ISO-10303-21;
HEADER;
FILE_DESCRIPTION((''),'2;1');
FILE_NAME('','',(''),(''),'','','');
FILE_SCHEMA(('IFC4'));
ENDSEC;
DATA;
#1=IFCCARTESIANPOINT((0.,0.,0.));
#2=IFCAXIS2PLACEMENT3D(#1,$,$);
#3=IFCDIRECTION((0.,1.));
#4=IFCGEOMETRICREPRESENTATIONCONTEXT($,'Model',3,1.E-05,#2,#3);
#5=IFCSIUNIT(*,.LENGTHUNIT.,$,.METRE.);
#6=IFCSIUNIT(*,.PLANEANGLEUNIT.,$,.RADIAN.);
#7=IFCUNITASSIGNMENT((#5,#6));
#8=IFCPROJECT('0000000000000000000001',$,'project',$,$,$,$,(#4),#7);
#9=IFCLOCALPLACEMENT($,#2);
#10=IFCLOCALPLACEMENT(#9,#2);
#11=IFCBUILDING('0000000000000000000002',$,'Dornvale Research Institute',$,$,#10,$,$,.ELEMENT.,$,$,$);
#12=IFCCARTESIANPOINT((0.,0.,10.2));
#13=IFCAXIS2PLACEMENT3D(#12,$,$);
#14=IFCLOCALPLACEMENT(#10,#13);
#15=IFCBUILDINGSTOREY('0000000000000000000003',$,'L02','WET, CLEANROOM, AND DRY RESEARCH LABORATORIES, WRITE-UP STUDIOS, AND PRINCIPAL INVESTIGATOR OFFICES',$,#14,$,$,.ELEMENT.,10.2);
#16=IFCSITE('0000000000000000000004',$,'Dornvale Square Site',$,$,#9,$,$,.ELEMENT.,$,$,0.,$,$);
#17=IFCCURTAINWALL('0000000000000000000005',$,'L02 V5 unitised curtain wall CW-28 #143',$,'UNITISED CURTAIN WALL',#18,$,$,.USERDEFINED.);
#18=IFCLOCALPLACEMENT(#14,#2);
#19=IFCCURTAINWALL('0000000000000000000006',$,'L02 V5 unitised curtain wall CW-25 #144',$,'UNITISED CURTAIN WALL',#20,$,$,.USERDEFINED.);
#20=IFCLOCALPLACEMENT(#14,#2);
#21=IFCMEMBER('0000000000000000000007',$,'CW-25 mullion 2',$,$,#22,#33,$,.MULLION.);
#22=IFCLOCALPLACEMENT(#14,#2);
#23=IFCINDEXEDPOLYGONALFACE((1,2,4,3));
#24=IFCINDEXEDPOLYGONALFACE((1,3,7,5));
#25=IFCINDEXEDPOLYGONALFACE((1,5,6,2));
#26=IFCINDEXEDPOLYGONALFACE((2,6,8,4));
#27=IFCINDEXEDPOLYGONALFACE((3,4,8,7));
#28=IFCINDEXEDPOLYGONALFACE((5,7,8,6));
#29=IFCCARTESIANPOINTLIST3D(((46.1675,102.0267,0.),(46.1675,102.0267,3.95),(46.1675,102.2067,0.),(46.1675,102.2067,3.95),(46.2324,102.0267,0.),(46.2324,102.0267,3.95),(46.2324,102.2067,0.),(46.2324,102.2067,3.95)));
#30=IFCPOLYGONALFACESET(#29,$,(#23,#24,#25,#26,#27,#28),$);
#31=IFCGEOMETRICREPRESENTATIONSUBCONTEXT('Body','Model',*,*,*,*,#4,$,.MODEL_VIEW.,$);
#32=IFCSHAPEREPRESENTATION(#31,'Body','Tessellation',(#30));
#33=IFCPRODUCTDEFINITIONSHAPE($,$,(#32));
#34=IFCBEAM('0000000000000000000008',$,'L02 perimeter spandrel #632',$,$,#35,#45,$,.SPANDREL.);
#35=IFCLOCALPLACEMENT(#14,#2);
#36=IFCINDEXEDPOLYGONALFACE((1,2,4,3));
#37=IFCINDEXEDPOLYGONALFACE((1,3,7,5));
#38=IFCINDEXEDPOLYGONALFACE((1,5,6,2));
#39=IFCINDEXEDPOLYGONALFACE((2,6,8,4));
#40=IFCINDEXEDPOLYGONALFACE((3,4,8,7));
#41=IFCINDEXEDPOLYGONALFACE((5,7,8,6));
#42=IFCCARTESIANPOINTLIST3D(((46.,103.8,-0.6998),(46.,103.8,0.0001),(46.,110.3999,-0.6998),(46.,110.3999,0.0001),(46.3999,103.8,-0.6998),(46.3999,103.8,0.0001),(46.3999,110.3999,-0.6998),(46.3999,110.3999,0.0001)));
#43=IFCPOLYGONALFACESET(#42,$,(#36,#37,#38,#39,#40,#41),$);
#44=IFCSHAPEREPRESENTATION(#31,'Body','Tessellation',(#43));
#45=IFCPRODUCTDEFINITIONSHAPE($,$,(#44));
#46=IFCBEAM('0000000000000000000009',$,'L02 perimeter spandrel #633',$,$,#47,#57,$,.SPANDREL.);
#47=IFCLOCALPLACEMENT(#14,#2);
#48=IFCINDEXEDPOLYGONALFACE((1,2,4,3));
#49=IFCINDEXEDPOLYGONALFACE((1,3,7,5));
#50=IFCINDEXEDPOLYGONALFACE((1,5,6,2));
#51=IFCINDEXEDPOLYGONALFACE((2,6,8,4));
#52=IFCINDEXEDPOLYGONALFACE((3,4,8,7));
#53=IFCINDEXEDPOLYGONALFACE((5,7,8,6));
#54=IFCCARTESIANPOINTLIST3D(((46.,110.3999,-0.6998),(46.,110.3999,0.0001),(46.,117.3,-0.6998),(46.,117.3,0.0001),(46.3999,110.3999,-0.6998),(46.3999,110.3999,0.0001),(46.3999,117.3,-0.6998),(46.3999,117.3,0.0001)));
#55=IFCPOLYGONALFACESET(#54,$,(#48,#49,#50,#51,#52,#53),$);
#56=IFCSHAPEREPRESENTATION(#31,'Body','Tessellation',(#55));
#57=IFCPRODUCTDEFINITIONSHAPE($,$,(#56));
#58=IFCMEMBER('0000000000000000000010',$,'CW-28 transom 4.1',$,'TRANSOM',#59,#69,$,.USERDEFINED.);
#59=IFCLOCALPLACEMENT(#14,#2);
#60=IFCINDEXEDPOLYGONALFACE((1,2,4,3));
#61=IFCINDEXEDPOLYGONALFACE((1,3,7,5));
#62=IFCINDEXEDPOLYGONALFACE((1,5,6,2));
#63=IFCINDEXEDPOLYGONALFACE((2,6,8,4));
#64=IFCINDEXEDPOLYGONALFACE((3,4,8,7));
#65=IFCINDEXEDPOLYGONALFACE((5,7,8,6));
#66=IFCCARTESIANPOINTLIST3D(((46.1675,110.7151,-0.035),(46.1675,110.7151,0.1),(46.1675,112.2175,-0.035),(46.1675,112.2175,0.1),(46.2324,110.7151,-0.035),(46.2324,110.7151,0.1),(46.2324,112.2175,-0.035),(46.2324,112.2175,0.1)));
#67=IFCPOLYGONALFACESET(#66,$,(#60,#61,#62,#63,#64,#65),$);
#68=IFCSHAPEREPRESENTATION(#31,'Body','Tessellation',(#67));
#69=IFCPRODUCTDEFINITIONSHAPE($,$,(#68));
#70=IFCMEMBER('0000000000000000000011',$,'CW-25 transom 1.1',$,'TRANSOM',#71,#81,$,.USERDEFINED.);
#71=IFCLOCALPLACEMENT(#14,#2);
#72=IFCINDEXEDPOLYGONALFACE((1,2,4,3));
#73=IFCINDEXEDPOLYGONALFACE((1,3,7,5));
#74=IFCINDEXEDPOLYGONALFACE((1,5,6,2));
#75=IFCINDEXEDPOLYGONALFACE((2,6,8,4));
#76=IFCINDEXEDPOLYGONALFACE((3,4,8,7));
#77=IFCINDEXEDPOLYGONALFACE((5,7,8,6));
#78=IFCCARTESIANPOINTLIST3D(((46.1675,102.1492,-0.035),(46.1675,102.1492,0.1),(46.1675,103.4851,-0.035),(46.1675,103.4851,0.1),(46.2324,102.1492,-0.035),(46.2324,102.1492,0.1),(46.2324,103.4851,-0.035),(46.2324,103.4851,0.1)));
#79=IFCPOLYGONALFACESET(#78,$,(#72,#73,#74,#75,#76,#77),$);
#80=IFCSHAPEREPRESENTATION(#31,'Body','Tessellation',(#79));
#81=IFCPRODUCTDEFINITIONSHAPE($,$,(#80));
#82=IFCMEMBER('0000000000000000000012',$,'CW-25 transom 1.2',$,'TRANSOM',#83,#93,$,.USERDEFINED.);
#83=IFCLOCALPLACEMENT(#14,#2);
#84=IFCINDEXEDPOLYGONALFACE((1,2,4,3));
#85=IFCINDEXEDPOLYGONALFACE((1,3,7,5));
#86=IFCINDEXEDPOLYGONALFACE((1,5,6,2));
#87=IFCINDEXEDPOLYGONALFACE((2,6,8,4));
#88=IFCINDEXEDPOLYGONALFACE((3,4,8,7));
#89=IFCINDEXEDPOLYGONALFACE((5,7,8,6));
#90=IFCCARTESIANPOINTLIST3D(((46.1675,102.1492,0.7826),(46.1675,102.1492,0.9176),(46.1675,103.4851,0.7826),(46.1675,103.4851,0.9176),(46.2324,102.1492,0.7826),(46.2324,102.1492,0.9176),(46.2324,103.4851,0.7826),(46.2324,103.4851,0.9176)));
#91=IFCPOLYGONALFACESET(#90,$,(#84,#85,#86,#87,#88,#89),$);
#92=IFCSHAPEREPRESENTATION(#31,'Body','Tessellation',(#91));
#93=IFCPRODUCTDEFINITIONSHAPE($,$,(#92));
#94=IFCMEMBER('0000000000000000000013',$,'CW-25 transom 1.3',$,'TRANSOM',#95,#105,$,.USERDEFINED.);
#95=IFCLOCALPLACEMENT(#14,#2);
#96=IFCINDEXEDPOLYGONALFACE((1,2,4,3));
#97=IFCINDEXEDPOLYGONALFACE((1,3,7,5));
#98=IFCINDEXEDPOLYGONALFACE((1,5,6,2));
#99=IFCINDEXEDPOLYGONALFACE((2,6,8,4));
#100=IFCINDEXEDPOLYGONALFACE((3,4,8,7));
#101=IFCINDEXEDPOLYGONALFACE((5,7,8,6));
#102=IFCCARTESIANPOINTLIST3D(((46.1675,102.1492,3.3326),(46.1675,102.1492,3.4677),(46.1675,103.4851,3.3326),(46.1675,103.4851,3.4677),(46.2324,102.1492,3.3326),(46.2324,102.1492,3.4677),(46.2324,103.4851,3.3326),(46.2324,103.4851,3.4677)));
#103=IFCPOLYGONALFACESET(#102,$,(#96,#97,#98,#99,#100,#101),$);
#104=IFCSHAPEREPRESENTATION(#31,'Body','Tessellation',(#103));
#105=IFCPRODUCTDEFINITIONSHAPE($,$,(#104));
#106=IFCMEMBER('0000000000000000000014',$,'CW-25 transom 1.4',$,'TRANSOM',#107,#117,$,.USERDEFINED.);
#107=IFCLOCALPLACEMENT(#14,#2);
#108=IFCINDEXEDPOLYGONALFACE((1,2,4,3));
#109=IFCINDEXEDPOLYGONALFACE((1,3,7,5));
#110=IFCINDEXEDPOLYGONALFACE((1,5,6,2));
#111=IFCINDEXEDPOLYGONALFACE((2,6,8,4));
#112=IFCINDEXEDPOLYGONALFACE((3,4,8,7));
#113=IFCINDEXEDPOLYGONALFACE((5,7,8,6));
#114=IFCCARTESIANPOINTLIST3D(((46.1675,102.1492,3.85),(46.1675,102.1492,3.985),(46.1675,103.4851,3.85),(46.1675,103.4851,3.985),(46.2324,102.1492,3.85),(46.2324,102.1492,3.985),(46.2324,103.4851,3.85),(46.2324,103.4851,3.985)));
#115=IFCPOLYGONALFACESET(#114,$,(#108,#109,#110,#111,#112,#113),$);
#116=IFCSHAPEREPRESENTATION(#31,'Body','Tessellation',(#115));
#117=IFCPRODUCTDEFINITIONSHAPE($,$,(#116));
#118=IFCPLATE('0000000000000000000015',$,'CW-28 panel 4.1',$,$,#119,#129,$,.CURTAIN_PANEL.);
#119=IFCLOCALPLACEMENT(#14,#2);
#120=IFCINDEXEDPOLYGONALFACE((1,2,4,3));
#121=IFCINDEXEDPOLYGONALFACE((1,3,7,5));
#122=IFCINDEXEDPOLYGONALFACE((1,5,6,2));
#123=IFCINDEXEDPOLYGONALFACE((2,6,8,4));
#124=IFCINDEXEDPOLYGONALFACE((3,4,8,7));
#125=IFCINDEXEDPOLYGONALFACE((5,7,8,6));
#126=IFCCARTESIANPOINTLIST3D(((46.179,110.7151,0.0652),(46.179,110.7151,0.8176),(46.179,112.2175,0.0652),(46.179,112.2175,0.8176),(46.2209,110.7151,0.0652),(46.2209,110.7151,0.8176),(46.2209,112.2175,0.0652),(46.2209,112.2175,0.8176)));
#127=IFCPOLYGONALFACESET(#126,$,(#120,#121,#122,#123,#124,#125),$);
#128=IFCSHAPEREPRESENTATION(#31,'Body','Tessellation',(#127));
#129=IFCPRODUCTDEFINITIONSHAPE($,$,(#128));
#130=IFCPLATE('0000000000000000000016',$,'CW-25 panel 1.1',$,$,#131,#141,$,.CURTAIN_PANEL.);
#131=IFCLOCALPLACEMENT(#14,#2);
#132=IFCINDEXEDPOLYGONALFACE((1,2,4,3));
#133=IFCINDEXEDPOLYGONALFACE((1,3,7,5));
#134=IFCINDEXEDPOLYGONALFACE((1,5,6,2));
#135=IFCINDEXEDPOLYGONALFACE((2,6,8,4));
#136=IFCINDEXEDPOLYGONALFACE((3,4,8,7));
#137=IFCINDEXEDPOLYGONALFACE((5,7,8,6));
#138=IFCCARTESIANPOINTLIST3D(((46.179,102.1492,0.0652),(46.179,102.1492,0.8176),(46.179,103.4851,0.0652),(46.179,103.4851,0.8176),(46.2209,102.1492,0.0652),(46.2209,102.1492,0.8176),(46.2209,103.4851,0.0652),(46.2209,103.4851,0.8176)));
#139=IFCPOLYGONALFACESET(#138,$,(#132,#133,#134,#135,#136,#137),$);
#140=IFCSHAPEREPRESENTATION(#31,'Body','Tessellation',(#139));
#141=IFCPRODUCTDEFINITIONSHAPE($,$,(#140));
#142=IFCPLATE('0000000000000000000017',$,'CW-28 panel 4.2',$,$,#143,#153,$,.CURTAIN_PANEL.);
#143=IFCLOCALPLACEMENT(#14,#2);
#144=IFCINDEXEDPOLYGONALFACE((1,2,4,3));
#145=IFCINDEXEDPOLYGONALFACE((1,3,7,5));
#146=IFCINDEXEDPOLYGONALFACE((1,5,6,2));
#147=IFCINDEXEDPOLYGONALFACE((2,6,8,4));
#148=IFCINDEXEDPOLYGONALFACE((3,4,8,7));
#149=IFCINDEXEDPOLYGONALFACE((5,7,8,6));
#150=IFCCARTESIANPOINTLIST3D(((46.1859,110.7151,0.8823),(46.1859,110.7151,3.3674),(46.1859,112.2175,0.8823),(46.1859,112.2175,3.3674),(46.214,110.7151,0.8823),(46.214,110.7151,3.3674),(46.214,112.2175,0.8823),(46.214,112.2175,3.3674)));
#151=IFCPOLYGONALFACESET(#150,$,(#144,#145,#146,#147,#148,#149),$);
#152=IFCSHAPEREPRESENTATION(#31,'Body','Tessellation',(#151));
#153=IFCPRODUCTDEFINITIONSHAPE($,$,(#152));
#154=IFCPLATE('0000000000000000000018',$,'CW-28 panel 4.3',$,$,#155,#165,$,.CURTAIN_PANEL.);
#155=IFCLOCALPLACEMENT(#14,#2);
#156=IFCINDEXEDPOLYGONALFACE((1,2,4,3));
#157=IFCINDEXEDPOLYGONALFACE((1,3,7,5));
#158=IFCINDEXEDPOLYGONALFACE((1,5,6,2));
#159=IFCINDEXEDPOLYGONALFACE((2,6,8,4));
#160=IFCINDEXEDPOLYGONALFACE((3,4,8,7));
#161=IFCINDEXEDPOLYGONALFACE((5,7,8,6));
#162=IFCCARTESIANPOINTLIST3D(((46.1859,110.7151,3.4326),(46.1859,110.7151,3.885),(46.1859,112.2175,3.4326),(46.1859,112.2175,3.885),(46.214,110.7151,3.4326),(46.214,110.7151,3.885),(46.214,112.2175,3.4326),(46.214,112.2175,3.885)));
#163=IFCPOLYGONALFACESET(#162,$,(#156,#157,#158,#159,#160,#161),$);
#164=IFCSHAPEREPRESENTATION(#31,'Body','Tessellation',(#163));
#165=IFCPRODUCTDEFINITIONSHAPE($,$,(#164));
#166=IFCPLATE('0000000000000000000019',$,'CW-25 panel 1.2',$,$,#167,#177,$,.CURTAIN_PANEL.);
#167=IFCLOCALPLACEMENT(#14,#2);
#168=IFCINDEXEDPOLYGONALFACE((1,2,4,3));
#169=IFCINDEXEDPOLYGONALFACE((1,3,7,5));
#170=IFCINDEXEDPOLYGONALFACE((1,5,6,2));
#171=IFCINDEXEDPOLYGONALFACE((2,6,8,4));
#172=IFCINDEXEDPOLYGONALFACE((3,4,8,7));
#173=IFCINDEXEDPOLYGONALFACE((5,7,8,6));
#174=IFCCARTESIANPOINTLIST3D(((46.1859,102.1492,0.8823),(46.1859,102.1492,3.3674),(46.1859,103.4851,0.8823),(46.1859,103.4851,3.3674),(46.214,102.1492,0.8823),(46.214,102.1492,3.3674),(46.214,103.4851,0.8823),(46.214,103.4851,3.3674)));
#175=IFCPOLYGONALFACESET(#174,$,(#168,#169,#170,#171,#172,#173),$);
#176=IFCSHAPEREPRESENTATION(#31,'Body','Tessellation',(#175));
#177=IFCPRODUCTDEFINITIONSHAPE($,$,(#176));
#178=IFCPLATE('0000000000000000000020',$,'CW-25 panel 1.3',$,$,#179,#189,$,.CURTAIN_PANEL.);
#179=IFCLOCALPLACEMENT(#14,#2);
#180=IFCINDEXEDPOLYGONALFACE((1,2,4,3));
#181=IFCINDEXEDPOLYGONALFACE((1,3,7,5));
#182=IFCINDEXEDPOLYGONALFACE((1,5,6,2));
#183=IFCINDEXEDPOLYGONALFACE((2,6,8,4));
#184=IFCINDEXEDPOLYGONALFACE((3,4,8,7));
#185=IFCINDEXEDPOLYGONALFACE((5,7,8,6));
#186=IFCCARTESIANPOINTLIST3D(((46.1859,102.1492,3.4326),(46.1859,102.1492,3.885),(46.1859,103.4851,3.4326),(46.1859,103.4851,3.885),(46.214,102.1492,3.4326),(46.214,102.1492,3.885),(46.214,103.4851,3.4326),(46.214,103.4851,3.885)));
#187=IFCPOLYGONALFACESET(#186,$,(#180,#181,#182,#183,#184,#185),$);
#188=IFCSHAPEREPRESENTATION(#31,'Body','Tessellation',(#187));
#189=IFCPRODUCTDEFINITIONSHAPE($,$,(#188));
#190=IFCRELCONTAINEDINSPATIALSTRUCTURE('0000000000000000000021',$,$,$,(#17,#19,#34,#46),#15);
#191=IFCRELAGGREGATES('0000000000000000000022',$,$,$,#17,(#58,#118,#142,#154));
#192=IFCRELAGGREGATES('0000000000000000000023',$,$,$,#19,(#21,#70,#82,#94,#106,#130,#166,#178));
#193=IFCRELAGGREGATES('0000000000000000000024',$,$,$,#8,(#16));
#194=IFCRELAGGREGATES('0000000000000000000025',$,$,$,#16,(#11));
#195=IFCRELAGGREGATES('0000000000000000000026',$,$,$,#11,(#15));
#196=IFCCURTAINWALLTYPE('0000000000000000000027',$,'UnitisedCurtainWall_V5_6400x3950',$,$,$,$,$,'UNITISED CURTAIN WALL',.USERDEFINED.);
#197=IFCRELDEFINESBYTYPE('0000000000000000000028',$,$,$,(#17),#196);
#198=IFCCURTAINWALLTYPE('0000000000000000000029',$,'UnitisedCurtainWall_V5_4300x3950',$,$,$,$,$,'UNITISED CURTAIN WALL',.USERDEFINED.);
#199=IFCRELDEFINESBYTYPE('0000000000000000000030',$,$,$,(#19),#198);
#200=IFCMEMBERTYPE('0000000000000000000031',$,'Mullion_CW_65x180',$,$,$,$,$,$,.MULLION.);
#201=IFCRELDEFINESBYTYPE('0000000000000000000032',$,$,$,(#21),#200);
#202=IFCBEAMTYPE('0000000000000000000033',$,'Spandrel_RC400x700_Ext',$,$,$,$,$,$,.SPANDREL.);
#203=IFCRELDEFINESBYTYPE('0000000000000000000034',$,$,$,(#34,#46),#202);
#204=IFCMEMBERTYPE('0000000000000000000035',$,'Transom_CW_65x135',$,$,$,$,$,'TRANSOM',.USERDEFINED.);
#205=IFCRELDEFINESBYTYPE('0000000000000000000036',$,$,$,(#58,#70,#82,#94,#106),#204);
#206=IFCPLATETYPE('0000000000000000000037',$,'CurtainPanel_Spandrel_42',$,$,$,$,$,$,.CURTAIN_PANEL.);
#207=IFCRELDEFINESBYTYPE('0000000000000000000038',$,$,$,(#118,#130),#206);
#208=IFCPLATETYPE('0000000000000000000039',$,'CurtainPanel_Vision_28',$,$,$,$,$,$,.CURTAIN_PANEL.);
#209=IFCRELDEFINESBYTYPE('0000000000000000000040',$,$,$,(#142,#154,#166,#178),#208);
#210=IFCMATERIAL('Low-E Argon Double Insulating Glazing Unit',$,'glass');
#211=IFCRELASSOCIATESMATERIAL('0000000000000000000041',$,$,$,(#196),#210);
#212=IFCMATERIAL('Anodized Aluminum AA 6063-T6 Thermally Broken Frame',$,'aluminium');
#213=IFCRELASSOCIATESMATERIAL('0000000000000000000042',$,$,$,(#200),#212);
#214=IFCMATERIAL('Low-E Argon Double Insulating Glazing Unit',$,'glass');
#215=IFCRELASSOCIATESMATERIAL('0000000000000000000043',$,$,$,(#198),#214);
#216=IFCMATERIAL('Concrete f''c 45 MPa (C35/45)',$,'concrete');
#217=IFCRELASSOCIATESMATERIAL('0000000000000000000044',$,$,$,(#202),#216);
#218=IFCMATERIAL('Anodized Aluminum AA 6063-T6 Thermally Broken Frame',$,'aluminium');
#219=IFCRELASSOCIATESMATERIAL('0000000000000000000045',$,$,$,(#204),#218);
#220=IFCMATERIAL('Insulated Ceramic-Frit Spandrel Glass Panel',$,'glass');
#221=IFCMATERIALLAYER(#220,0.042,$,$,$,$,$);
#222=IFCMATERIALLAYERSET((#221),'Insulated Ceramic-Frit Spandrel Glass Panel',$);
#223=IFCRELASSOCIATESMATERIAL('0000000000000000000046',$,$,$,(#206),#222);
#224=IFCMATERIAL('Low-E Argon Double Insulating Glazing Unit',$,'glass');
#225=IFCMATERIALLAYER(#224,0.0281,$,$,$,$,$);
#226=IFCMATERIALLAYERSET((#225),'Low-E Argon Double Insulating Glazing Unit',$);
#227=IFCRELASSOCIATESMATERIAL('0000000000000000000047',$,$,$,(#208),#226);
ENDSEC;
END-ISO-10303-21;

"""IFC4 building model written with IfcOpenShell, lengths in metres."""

from ifc_helpers import new_model, si_unit, direction, frame, origin, origin_2d, place, context, subcontext, project, spatial, rectangle, extrude, material, layer, layer_set, material_profile, profile_set, type_object, element, aggregate, save


model = new_model("IFC4")

# Units and contexts
model_context = context("Model", 3, precision=1e-05, world=origin(), true_north=direction((0.0, 1.0)))
body_context = subcontext(model_context, "Body", "Model", "MODEL_VIEW")
ifc_project = project(units=[si_unit("LENGTHUNIT", "METRE"), si_unit("PLANEANGLEUNIT", "RADIAN")], contexts=[model_context])

# Site, building, storey
site_placement = place(None, origin())
site = spatial("IfcSite", under=ifc_project, at=site_placement, Name="Dornvale Square Site", CompositionType="ELEMENT", RefElevation=0.0)
building_placement = place(site_placement, origin())
building = spatial("IfcBuilding", under=site, at=building_placement, Name="Dornvale Research Institute", CompositionType="ELEMENT")
storey_placement = place(building_placement, frame((0.0, 0.0, 10.2)))
storey = spatial("IfcBuildingStorey", under=building, at=storey_placement, Name="L02", Description="WET, CLEANROOM, AND DRY RESEARCH LABORATORIES, WRITE-UP STUDIOS, AND PRINCIPAL INVESTIGATOR OFFICES", CompositionType="ELEMENT", Elevation=10.2)

# Curtain wall
ifc_material_1 = material(Name="Low-E Argon Double Insulating Glazing Unit", Category="glass")
curtain_wall_type_1 = type_object("IfcCurtainWallType", Name="UnitisedCurtainWall_V5_6400x3950", ElementType="UNITISED CURTAIN WALL", PredefinedType="USERDEFINED", material=ifc_material_1)
curtain_wall_1_placement = place(storey_placement, origin())
curtain_wall_1 = element("IfcCurtainWall", 1, at=curtain_wall_1_placement, inside=storey, type_object=curtain_wall_type_1, Name="L02 V5 unitised curtain wall CW-28 #143", ObjectType="UNITISED CURTAIN WALL", PredefinedType="USERDEFINED")
ifc_material_2 = material(Name="Anodized Aluminum AA 6063-T6 Thermally Broken Frame", Category="aluminium")
ifc_material_profile_1 = material_profile(ifc_material_2, rectangle(XDim=0.0649, YDim=0.1799, at=origin_2d()), Name="ALU MULLION 65x180")
ifc_profile_set_1 = profile_set([ifc_material_profile_1], Name="Anodized Aluminum AA 6063-T6 Thermally Broken Frame")
member_type_1 = type_object("IfcMemberType", Name="Mullion_CW_65x180", PredefinedType="MULLION", material=ifc_profile_set_1)

# Curtain wall, member
ifc_material_3 = material(Name="Low-E Argon Double Insulating Glazing Unit", Category="glass")
curtain_wall_type_2 = type_object("IfcCurtainWallType", Name="UnitisedCurtainWall_V5_4300x3950", ElementType="UNITISED CURTAIN WALL", PredefinedType="USERDEFINED", material=ifc_material_3)
curtain_wall_2_placement = place(storey_placement, origin())
curtain_wall_2 = element("IfcCurtainWall", 2, at=curtain_wall_2_placement, inside=storey, type_object=curtain_wall_type_2, Name="L02 V5 unitised curtain wall CW-25 #144", ObjectType="UNITISED CURTAIN WALL", PredefinedType="USERDEFINED")
member_1_placement = place(storey_placement, frame((46.2, 102.1167, 0.0), z_axis=(0.0, 0.0, 1.0), x_axis=(1.0, 0.0, 0.0)))
member_1 = element("IfcMember", 3, at=member_1_placement, type_object=member_type_1, Name="CW-25 mullion 2", PredefinedType="MULLION", context=body_context, shape_type="SweptSolid", body=[
    extrude(rectangle(XDim=0.0649, YDim=0.1799, at=origin_2d()), origin(), (0.0, 0.0, 1.0), 3.95),
])

# Beams
ifc_material_4 = material(Name="Concrete f'c 45 MPa (C35/45)", Category="concrete")
ifc_material_profile_2 = material_profile(ifc_material_4, rectangle(XDim=0.3999, YDim=0.7, at=origin_2d()), Name="RC 400x700")
ifc_profile_set_2 = profile_set([ifc_material_profile_2], Name="Concrete f'c 45 MPa (C35/45)")
beam_type_1 = type_object("IfcBeamType", Name="Spandrel_RC400x700_Ext", PredefinedType="SPANDREL", material=ifc_profile_set_2)
beam_1_placement = place(storey_placement, frame((46.2, 103.8, -0.3499), z_axis=(0.0, 1.0, 0.0), x_axis=(-1.0, 0.0, 0.0)))
element("IfcBeam", 4, at=beam_1_placement, inside=storey, type_object=beam_type_1, Name="L02 perimeter spandrel #632", PredefinedType="SPANDREL", context=body_context, shape_type="SweptSolid", body=[
    extrude(rectangle(XDim=0.3999, YDim=0.7, at=origin_2d()), origin(), (0.0, 0.0, 1.0), 6.5999),
])
beam_2_placement = place(storey_placement, frame((46.2, 110.3999, -0.3499), z_axis=(0.0, 1.0, 0.0), x_axis=(-1.0, 0.0, 0.0)))
element("IfcBeam", 5, at=beam_2_placement, inside=storey, type_object=beam_type_1, Name="L02 perimeter spandrel #633", PredefinedType="SPANDREL", context=body_context, shape_type="SweptSolid", body=[
    extrude(rectangle(XDim=0.3999, YDim=0.7, at=origin_2d()), origin(), (0.0, 0.0, 1.0), 6.9001),
])

# Members
ifc_material_5 = material(Name="Anodized Aluminum AA 6063-T6 Thermally Broken Frame", Category="aluminium")
ifc_material_profile_3 = material_profile(ifc_material_5, rectangle(XDim=0.0649, YDim=0.135, at=origin_2d()), Name="ALU TRANSOM 65x135")
ifc_profile_set_3 = profile_set([ifc_material_profile_3], Name="Anodized Aluminum AA 6063-T6 Thermally Broken Frame")
member_type_2 = type_object("IfcMemberType", Name="Transom_CW_65x135", ElementType="TRANSOM", PredefinedType="USERDEFINED", material=ifc_profile_set_3)
member_2_placement = place(storey_placement, frame((46.2, 112.2175, 0.0325), z_axis=(0.0, -1.0, 0.0), x_axis=(1.0, 0.0, 0.0)))
member_2 = element("IfcMember", 6, at=member_2_placement, type_object=member_type_2, Name="CW-28 transom 4.1", ObjectType="TRANSOM", PredefinedType="USERDEFINED", context=body_context, shape_type="SweptSolid", body=[
    extrude(rectangle(XDim=0.0649, YDim=0.135, at=origin_2d()), origin(), (0.0, 0.0, 1.0), 1.5024),
])
member_3_placement = place(storey_placement, frame((46.2, 103.4851, 0.0325), z_axis=(0.0, -1.0, 0.0), x_axis=(1.0, 0.0, 0.0)))
member_3 = element("IfcMember", 7, at=member_3_placement, type_object=member_type_2, Name="CW-25 transom 1.1", ObjectType="TRANSOM", PredefinedType="USERDEFINED", context=body_context, shape_type="SweptSolid", body=[
    extrude(rectangle(XDim=0.0649, YDim=0.135, at=origin_2d()), origin(), (0.0, 0.0, 1.0), 1.3359),
])
member_4_placement = place(storey_placement, frame((46.2, 103.4851, 0.8501), z_axis=(0.0, -1.0, 0.0), x_axis=(1.0, 0.0, 0.0)))
member_4 = element("IfcMember", 8, at=member_4_placement, type_object=member_type_2, Name="CW-25 transom 1.2", ObjectType="TRANSOM", PredefinedType="USERDEFINED", context=body_context, shape_type="SweptSolid", body=[
    extrude(rectangle(XDim=0.0649, YDim=0.135, at=origin_2d()), origin(), (0.0, 0.0, 1.0), 1.3359),
])
member_5_placement = place(storey_placement, frame((46.2, 103.4851, 3.4001), z_axis=(0.0, -1.0, 0.0), x_axis=(1.0, 0.0, 0.0)))
member_5 = element("IfcMember", 9, at=member_5_placement, type_object=member_type_2, Name="CW-25 transom 1.3", ObjectType="TRANSOM", PredefinedType="USERDEFINED", context=body_context, shape_type="SweptSolid", body=[
    extrude(rectangle(XDim=0.0649, YDim=0.135, at=origin_2d()), origin(), (0.0, 0.0, 1.0), 1.3359),
])
member_6_placement = place(storey_placement, frame((46.2, 103.4851, 3.9175), z_axis=(0.0, -1.0, 0.0), x_axis=(1.0, 0.0, 0.0)))
member_6 = element("IfcMember", 10, at=member_6_placement, type_object=member_type_2, Name="CW-25 transom 1.4", ObjectType="TRANSOM", PredefinedType="USERDEFINED", context=body_context, shape_type="SweptSolid", body=[
    extrude(rectangle(XDim=0.0649, YDim=0.135, at=origin_2d()), origin(), (0.0, 0.0, 1.0), 1.3359),
])

# Plates
ifc_material_6 = material(Name="Insulated Ceramic-Frit Spandrel Glass Panel", Category="glass")
ifc_layer_1 = layer(ifc_material_6, 0.042)
ifc_layer_set_1 = layer_set([ifc_layer_1], Name="Insulated Ceramic-Frit Spandrel Glass Panel")
plate_type_1 = type_object("IfcPlateType", Name="CurtainPanel_Spandrel_42", PredefinedType="CURTAIN_PANEL", material=ifc_layer_set_1)
plate_1_placement = place(storey_placement, frame((46.2, 111.4663, 0.0652), z_axis=(0.0, 0.0, 1.0), x_axis=(0.0, -1.0, 0.0)))
plate_1 = element("IfcPlate", 11, at=plate_1_placement, type_object=plate_type_1, Name="CW-28 panel 4.1", PredefinedType="CURTAIN_PANEL", context=body_context, shape_type="SweptSolid", body=[
    extrude(rectangle(XDim=1.5024, YDim=0.042, at=origin_2d()), origin(), (0.0, 0.0, 1.0), 0.7524),
])
plate_2_placement = place(storey_placement, frame((46.2, 102.8171, 0.0652), z_axis=(0.0, 0.0, 1.0), x_axis=(0.0, -1.0, 0.0)))
plate_2 = element("IfcPlate", 12, at=plate_2_placement, type_object=plate_type_1, Name="CW-25 panel 1.1", PredefinedType="CURTAIN_PANEL", context=body_context, shape_type="SweptSolid", body=[
    extrude(rectangle(XDim=1.3359, YDim=0.042, at=origin_2d()), origin(), (0.0, 0.0, 1.0), 0.7524),
])
ifc_material_7 = material(Name="Low-E Argon Double Insulating Glazing Unit", Category="glass")
ifc_layer_2 = layer(ifc_material_7, 0.0281)
ifc_layer_set_2 = layer_set([ifc_layer_2], Name="Low-E Argon Double Insulating Glazing Unit")
plate_type_2 = type_object("IfcPlateType", Name="CurtainPanel_Vision_28", PredefinedType="CURTAIN_PANEL", material=ifc_layer_set_2)
plate_3_placement = place(storey_placement, frame((46.2, 111.4663, 0.8823), z_axis=(0.0, 0.0, 1.0), x_axis=(0.0, -1.0, 0.0)))
plate_3 = element("IfcPlate", 13, at=plate_3_placement, type_object=plate_type_2, Name="CW-28 panel 4.2", PredefinedType="CURTAIN_PANEL", context=body_context, shape_type="SweptSolid", body=[
    extrude(rectangle(XDim=1.5024, YDim=0.0281, at=origin_2d()), origin(), (0.0, 0.0, 1.0), 2.4851),
])
plate_4_placement = place(storey_placement, frame((46.2, 111.4663, 3.4326), z_axis=(0.0, 0.0, 1.0), x_axis=(0.0, -1.0, 0.0)))
plate_4 = element("IfcPlate", 14, at=plate_4_placement, type_object=plate_type_2, Name="CW-28 panel 4.3", PredefinedType="CURTAIN_PANEL", context=body_context, shape_type="SweptSolid", body=[
    extrude(rectangle(XDim=1.5024, YDim=0.0281, at=origin_2d()), origin(), (0.0, 0.0, 1.0), 0.4524),
])
aggregate(curtain_wall_1, [member_2, plate_1, plate_3, plate_4])
plate_5_placement = place(storey_placement, frame((46.2, 102.8171, 0.8823), z_axis=(0.0, 0.0, 1.0), x_axis=(0.0, -1.0, 0.0)))
plate_5 = element("IfcPlate", 15, at=plate_5_placement, type_object=plate_type_2, Name="CW-25 panel 1.2", PredefinedType="CURTAIN_PANEL", context=body_context, shape_type="SweptSolid", body=[
    extrude(rectangle(XDim=1.3359, YDim=0.0281, at=origin_2d()), origin(), (0.0, 0.0, 1.0), 2.4851),
])
plate_6_placement = place(storey_placement, frame((46.2, 102.8171, 3.4326), z_axis=(0.0, 0.0, 1.0), x_axis=(0.0, -1.0, 0.0)))
plate_6 = element("IfcPlate", 16, at=plate_6_placement, type_object=plate_type_2, Name="CW-25 panel 1.3", PredefinedType="CURTAIN_PANEL", context=body_context, shape_type="SweptSolid", body=[
    extrude(rectangle(XDim=1.3359, YDim=0.0281, at=origin_2d()), origin(), (0.0, 0.0, 1.0), 0.4524),
])
aggregate(curtain_wall_2, [member_1, member_3, member_4, member_5, member_6, plate_2, plate_5, plate_6])

save(model, "model.ifc")
